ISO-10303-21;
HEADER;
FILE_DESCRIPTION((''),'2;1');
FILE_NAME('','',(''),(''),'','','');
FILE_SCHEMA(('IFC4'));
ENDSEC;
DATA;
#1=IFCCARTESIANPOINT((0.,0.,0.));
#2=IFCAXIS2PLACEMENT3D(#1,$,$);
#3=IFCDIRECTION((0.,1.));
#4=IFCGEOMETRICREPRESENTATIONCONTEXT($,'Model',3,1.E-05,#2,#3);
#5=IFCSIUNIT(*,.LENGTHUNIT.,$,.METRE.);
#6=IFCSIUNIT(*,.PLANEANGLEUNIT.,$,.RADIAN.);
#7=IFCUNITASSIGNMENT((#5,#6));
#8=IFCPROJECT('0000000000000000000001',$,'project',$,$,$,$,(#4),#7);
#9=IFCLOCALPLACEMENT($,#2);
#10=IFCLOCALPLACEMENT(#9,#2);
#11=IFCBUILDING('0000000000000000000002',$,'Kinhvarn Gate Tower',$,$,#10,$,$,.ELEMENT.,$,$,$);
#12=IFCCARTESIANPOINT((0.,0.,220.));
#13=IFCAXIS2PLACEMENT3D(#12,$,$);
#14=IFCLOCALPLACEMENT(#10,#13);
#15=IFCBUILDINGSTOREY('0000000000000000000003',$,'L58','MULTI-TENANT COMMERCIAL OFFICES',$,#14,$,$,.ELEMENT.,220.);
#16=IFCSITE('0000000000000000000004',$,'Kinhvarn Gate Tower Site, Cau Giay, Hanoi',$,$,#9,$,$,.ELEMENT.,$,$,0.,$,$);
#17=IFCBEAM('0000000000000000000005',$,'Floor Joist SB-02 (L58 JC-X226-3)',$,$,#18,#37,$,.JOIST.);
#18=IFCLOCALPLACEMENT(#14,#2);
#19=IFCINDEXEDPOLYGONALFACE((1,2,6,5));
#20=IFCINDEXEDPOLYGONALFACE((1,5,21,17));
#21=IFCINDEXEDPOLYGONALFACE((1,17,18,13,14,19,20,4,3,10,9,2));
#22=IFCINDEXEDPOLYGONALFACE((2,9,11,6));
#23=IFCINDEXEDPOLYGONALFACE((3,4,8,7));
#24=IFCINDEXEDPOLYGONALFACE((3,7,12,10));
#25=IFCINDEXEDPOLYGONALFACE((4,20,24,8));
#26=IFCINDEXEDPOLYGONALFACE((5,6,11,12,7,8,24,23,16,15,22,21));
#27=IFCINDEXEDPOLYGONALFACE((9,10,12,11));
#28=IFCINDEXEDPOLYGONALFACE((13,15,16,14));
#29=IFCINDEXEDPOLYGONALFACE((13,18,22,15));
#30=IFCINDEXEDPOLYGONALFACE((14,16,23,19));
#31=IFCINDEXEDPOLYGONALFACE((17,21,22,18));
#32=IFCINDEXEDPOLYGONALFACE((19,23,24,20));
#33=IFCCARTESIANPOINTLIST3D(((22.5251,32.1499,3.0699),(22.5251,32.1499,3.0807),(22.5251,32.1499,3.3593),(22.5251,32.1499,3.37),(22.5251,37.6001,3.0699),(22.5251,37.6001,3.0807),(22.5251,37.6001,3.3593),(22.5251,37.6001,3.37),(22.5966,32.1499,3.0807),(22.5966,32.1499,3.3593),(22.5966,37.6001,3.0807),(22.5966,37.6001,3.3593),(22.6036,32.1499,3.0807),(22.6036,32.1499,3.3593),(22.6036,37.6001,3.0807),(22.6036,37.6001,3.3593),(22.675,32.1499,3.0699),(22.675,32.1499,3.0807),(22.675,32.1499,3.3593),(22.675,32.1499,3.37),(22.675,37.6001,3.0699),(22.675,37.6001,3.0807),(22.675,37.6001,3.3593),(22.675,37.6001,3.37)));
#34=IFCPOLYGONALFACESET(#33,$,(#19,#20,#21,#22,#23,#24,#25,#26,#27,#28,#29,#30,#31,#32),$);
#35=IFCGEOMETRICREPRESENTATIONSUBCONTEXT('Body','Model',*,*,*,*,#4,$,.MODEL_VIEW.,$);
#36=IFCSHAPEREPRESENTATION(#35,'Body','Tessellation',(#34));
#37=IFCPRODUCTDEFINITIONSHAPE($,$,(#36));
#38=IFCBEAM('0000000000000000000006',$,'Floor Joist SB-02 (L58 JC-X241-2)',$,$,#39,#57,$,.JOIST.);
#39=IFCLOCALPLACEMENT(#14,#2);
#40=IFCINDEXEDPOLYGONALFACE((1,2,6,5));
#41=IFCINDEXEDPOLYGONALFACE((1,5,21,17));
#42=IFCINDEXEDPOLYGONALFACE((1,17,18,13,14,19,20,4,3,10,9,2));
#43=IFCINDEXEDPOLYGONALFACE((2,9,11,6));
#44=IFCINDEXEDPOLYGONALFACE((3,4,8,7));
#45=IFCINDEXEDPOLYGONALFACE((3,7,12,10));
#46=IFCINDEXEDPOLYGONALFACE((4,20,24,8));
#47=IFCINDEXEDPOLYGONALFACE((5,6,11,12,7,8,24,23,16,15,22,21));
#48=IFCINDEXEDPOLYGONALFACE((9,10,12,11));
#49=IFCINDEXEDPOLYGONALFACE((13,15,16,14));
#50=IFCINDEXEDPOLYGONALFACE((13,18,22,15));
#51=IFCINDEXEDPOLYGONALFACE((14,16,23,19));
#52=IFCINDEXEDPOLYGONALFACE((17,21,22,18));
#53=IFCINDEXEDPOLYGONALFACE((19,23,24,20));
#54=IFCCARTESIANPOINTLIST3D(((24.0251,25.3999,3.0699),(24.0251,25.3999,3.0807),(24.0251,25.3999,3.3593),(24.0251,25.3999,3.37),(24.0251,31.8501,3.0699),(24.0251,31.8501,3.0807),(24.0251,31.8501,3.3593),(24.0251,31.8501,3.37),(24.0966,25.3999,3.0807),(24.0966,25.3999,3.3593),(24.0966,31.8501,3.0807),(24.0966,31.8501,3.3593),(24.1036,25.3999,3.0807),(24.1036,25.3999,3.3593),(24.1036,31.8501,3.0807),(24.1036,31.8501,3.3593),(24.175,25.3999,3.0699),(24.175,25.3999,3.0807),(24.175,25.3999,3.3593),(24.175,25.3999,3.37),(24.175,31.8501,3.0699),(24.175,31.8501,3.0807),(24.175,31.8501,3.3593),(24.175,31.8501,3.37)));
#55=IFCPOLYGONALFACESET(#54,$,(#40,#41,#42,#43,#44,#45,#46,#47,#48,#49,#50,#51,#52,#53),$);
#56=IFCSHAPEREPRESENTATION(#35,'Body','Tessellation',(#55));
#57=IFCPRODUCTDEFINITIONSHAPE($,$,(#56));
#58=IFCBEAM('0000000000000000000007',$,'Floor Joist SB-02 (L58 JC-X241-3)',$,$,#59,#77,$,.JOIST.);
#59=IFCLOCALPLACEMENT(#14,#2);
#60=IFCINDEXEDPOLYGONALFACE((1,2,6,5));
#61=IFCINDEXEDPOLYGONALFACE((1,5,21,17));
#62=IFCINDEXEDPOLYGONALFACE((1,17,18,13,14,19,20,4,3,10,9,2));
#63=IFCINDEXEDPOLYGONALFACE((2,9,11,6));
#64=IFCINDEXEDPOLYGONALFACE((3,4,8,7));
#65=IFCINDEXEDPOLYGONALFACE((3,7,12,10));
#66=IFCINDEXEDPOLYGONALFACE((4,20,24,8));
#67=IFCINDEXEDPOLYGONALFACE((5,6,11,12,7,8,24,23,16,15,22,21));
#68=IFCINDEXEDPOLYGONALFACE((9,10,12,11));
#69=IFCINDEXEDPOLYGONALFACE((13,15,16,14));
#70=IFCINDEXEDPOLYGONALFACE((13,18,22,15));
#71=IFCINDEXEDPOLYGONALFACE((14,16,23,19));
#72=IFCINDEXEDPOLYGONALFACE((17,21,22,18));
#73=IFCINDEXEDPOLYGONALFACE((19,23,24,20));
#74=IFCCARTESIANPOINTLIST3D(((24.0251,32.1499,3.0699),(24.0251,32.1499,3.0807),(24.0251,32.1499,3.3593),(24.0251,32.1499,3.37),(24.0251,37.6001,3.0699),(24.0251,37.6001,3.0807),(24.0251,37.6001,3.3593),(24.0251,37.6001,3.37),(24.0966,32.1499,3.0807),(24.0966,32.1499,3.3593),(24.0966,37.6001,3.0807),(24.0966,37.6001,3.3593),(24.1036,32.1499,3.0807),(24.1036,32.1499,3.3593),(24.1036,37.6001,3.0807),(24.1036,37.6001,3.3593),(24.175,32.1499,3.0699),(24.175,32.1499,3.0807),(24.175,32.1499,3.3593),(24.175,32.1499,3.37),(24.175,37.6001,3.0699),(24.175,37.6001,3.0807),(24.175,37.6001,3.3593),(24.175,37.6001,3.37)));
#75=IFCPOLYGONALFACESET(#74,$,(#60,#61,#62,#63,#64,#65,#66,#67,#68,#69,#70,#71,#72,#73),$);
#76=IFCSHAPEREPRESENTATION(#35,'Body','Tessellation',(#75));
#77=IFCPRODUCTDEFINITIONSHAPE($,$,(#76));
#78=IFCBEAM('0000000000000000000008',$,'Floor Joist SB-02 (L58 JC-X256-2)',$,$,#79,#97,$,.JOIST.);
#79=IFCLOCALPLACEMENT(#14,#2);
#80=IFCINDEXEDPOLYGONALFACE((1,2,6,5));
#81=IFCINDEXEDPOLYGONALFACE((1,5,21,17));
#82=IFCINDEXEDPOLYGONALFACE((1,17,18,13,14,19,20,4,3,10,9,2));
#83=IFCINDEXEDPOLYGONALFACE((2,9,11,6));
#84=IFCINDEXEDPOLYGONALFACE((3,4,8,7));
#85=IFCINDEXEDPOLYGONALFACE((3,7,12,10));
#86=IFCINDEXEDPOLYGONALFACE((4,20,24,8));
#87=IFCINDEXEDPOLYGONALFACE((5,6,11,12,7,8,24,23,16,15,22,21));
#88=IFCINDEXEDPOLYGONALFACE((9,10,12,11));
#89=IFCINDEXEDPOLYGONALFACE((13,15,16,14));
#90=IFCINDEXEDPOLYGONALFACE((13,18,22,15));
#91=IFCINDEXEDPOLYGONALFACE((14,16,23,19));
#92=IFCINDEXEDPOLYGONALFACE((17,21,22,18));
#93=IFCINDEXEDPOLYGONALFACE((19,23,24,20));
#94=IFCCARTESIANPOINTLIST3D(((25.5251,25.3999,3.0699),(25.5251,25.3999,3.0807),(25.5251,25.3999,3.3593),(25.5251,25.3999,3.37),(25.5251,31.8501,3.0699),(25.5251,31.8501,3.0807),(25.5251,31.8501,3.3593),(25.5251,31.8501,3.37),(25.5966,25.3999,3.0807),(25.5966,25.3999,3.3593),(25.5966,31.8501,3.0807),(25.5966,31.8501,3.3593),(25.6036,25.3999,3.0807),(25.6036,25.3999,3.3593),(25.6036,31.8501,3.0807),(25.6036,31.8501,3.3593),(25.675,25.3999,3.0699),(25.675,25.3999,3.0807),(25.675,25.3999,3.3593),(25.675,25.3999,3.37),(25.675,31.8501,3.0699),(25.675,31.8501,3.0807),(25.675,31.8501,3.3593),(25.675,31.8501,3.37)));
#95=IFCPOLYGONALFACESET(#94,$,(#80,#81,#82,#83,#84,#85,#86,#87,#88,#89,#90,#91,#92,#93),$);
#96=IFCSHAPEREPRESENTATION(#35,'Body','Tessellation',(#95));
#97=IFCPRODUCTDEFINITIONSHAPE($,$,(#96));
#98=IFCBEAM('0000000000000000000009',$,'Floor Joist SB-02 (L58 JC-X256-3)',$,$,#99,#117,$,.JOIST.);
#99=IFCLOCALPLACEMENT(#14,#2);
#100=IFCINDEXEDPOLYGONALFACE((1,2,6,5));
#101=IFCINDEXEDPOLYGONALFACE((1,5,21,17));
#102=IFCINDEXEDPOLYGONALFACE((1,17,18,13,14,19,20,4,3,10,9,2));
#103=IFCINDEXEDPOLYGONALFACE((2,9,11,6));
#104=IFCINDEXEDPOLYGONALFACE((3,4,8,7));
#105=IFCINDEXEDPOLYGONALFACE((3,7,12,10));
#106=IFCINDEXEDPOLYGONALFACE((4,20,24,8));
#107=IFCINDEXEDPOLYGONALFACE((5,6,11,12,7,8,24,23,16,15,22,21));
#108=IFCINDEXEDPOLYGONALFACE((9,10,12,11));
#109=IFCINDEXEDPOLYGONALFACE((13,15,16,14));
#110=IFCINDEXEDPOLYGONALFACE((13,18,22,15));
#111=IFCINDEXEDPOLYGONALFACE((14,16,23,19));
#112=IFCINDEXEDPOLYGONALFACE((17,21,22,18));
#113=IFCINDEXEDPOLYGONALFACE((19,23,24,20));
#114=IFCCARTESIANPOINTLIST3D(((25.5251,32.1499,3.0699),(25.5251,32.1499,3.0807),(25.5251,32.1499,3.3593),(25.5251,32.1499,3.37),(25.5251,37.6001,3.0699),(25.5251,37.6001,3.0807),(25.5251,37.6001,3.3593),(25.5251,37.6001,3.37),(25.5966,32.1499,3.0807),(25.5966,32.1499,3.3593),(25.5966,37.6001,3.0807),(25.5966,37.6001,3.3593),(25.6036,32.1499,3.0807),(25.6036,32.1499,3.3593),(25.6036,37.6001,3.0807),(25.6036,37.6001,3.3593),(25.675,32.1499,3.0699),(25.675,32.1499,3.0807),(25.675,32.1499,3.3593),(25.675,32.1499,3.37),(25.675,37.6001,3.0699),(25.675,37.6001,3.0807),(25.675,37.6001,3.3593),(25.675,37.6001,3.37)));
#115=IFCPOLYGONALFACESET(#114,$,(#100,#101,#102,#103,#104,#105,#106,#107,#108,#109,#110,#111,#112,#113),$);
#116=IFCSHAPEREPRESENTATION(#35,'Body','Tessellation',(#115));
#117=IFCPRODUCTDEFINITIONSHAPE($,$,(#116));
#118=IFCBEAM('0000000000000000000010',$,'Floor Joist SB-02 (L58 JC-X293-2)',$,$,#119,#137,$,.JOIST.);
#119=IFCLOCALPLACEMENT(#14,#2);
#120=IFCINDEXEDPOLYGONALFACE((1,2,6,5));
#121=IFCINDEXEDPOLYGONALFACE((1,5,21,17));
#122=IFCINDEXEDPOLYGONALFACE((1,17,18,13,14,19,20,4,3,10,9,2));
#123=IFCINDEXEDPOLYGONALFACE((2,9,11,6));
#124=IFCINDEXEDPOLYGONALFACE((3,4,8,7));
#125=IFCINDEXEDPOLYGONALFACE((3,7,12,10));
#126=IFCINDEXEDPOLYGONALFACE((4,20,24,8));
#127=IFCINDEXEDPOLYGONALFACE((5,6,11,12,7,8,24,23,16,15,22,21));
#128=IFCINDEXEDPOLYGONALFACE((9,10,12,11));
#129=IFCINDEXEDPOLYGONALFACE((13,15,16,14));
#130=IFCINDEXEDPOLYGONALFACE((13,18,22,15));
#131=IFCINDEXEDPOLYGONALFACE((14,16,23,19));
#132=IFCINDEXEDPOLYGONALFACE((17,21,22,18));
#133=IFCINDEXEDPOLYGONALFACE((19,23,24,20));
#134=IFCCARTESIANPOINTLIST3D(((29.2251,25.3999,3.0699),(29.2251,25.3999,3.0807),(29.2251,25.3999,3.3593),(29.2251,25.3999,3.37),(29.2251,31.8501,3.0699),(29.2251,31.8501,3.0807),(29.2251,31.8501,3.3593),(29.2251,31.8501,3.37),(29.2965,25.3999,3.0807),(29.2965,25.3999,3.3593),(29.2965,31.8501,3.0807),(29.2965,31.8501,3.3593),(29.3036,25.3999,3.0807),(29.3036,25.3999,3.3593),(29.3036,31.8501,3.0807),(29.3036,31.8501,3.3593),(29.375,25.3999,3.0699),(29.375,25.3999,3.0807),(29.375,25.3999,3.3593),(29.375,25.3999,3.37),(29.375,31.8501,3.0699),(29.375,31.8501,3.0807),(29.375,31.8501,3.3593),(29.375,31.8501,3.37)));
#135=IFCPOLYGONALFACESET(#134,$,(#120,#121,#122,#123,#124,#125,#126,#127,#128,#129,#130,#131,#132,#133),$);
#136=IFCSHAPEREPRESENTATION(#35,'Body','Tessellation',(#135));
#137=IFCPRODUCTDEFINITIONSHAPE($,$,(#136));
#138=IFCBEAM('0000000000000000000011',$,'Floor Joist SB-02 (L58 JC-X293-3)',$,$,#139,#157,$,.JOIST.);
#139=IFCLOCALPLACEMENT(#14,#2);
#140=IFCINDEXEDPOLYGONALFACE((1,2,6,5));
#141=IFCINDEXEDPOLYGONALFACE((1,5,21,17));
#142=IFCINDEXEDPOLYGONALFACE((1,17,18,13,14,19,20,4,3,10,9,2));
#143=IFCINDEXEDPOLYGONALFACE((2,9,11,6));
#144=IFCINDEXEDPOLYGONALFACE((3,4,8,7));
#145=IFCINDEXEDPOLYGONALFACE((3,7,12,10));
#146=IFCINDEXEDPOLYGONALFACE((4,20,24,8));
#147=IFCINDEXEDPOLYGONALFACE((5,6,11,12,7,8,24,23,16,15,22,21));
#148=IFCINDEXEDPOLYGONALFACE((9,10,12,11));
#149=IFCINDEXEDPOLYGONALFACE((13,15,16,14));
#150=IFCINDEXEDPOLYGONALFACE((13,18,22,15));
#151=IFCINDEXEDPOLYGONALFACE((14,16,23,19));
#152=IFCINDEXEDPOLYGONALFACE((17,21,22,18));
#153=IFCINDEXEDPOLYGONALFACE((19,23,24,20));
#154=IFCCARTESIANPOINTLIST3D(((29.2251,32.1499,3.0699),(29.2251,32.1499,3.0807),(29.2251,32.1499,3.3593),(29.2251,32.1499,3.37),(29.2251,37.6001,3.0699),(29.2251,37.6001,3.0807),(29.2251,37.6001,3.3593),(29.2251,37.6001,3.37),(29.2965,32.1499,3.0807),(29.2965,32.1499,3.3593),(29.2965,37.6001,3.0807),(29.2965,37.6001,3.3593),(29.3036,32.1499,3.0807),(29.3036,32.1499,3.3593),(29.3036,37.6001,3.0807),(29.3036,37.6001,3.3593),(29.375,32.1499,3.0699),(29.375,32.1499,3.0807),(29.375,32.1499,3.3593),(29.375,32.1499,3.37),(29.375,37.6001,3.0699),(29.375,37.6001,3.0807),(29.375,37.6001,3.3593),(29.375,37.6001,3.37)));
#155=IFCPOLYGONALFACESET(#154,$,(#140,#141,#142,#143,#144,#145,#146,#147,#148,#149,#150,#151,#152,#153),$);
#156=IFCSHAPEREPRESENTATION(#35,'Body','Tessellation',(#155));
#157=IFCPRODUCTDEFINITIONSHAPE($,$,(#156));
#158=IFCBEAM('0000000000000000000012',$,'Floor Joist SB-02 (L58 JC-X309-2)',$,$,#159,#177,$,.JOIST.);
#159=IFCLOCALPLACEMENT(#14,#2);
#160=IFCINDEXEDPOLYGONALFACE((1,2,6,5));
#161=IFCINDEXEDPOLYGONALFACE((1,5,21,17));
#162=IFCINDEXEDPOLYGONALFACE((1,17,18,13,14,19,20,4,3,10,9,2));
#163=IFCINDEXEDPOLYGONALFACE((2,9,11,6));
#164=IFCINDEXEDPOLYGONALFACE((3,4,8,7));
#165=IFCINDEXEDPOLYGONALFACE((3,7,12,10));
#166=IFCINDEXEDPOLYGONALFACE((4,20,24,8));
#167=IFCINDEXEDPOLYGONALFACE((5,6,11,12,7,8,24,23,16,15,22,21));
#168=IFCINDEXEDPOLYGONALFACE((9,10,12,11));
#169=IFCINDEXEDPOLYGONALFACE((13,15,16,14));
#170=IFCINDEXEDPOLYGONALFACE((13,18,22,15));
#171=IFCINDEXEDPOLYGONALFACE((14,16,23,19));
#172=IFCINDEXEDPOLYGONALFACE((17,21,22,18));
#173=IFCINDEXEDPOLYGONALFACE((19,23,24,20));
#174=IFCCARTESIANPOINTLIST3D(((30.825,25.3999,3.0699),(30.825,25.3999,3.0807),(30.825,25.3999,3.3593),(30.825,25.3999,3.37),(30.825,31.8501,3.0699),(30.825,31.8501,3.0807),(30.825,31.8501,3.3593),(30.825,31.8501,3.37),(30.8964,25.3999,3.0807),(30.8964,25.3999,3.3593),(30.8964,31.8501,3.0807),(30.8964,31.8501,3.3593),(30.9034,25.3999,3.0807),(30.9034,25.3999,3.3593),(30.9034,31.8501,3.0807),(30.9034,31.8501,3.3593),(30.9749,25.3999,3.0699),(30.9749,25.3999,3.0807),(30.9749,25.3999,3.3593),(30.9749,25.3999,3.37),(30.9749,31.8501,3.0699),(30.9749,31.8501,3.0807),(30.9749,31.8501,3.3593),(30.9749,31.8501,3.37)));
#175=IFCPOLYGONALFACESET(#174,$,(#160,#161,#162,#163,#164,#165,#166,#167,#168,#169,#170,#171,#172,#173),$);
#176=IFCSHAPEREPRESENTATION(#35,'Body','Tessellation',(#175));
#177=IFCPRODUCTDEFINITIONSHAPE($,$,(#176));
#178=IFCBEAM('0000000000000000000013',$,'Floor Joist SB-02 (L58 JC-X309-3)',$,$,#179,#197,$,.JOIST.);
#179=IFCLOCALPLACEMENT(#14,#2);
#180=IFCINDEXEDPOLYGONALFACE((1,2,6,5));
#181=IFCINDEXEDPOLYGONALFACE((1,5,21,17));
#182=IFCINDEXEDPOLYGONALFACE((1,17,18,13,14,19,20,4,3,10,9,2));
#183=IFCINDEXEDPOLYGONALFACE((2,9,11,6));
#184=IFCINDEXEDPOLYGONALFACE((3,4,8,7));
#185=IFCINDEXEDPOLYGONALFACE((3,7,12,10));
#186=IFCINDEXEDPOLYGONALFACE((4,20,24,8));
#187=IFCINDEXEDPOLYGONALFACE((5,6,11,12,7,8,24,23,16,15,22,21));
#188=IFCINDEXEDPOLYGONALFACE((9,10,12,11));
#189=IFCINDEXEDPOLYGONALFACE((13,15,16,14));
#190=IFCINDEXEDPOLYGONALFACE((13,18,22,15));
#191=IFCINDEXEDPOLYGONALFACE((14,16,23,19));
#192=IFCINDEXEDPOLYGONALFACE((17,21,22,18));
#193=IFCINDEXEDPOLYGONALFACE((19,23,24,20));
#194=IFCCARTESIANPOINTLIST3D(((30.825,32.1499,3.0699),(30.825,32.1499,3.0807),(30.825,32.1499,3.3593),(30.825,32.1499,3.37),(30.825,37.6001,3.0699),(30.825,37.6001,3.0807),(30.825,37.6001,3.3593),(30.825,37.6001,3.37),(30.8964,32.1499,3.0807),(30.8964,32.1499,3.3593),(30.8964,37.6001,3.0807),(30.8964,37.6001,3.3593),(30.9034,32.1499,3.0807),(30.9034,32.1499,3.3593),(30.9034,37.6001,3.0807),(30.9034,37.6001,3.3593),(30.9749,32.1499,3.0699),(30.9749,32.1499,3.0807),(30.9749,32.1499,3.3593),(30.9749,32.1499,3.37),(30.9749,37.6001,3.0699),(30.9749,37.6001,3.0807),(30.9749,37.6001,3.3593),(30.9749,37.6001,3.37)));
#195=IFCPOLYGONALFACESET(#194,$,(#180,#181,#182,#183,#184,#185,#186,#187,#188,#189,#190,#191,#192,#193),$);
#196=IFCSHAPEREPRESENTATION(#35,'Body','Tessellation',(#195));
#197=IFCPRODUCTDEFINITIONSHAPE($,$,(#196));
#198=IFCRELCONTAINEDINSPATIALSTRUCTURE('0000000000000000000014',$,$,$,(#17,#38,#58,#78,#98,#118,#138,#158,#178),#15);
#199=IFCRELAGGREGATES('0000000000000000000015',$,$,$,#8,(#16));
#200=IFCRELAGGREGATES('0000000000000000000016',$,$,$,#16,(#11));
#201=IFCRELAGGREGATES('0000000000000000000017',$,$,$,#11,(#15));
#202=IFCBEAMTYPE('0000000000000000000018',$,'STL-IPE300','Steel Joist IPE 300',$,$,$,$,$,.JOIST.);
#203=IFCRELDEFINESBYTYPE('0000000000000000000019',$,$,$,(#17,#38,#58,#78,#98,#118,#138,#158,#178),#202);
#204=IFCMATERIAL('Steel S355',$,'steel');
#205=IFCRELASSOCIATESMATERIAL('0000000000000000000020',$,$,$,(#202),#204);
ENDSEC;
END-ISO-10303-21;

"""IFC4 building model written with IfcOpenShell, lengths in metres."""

from ifc_helpers import new_model, si_unit, direction, frame, origin, origin_2d, place, context, subcontext, project, spatial, i_section, extrude, material, material_profile, profile_set, type_object, element, save


model = new_model("IFC4")

# Units and contexts
model_context = context("Model", 3, precision=1e-05, world=origin(), true_north=direction((0.0, 1.0)))
body_context = subcontext(model_context, "Body", "Model", "MODEL_VIEW")
ifc_project = project(units=[si_unit("LENGTHUNIT", "METRE"), si_unit("PLANEANGLEUNIT", "RADIAN")], contexts=[model_context])

# Site, building, storey
site_placement = place(None, origin())
site = spatial("IfcSite", under=ifc_project, at=site_placement, Name="Kinhvarn Gate Tower Site, Cau Giay, Hanoi", CompositionType="ELEMENT", RefElevation=0.0)
building_placement = place(site_placement, origin())
building = spatial("IfcBuilding", under=site, at=building_placement, Name="Kinhvarn Gate Tower", CompositionType="ELEMENT")
storey_placement = place(building_placement, frame((0.0, 0.0, 220.0)))
storey = spatial("IfcBuildingStorey", under=building, at=storey_placement, Name="L58", Description="MULTI-TENANT COMMERCIAL OFFICES", CompositionType="ELEMENT", Elevation=220.0)

# Beams
ifc_material_1 = material(Name="Steel S355", Category="steel")
ifc_material_profile = material_profile(ifc_material_1, i_section(OverallWidth=0.1499, OverallDepth=0.3, WebThickness=0.0071, FlangeThickness=0.0107, at=origin_2d()), Name="IPE 300")
ifc_profile_set = profile_set([ifc_material_profile], Name="Steel S355")
beam_type = type_object("IfcBeamType", Name="STL-IPE300", Description="Steel Joist IPE 300", PredefinedType="JOIST", material=ifc_profile_set)
beam_1_placement = place(storey_placement, frame((22.6001, 32.1499, 3.22), z_axis=(0.0, 1.0, 0.0), x_axis=(-1.0, 0.0, 0.0)))
element("IfcBeam", 1, at=beam_1_placement, inside=storey, type_object=beam_type, Name="Floor Joist SB-02 (L58 JC-X226-3)", PredefinedType="JOIST", context=body_context, shape_type="SweptSolid", body=[
    extrude(i_section(OverallWidth=0.1499, OverallDepth=0.3, WebThickness=0.0071, FlangeThickness=0.0107, at=origin_2d()), origin(), (0.0, 0.0, 1.0), 5.4502),
])
beam_2_placement = place(storey_placement, frame((24.1001, 25.3999, 3.22), z_axis=(0.0, 1.0, 0.0), x_axis=(-1.0, 0.0, 0.0)))
element("IfcBeam", 2, at=beam_2_placement, inside=storey, type_object=beam_type, Name="Floor Joist SB-02 (L58 JC-X241-2)", PredefinedType="JOIST", context=body_context, shape_type="SweptSolid", body=[
    extrude(i_section(OverallWidth=0.1499, OverallDepth=0.3, WebThickness=0.0071, FlangeThickness=0.0107, at=origin_2d()), origin(), (0.0, 0.0, 1.0), 6.4502),
])
beam_3_placement = place(storey_placement, frame((24.1001, 32.1499, 3.22), z_axis=(0.0, 1.0, 0.0), x_axis=(-1.0, 0.0, 0.0)))
element("IfcBeam", 3, at=beam_3_placement, inside=storey, type_object=beam_type, Name="Floor Joist SB-02 (L58 JC-X241-3)", PredefinedType="JOIST", context=body_context, shape_type="SweptSolid", body=[
    extrude(i_section(OverallWidth=0.1499, OverallDepth=0.3, WebThickness=0.0071, FlangeThickness=0.0107, at=origin_2d()), origin(), (0.0, 0.0, 1.0), 5.4502),
])
beam_4_placement = place(storey_placement, frame((25.6001, 25.3999, 3.22), z_axis=(0.0, 1.0, 0.0), x_axis=(-1.0, 0.0, 0.0)))
element("IfcBeam", 4, at=beam_4_placement, inside=storey, type_object=beam_type, Name="Floor Joist SB-02 (L58 JC-X256-2)", PredefinedType="JOIST", context=body_context, shape_type="SweptSolid", body=[
    extrude(i_section(OverallWidth=0.1499, OverallDepth=0.3, WebThickness=0.0071, FlangeThickness=0.0107, at=origin_2d()), origin(), (0.0, 0.0, 1.0), 6.4502),
])
beam_5_placement = place(storey_placement, frame((25.6001, 32.1499, 3.22), z_axis=(0.0, 1.0, 0.0), x_axis=(-1.0, 0.0, 0.0)))
element("IfcBeam", 5, at=beam_5_placement, inside=storey, type_object=beam_type, Name="Floor Joist SB-02 (L58 JC-X256-3)", PredefinedType="JOIST", context=body_context, shape_type="SweptSolid", body=[
    extrude(i_section(OverallWidth=0.1499, OverallDepth=0.3, WebThickness=0.0071, FlangeThickness=0.0107, at=origin_2d()), origin(), (0.0, 0.0, 1.0), 5.4502),
])
beam_6_placement = place(storey_placement, frame((29.3, 25.3999, 3.22), z_axis=(0.0, 1.0, 0.0), x_axis=(-1.0, 0.0, 0.0)))
element("IfcBeam", 6, at=beam_6_placement, inside=storey, type_object=beam_type, Name="Floor Joist SB-02 (L58 JC-X293-2)", PredefinedType="JOIST", context=body_context, shape_type="SweptSolid", body=[
    extrude(i_section(OverallWidth=0.1499, OverallDepth=0.3, WebThickness=0.0071, FlangeThickness=0.0107, at=origin_2d()), origin(), (0.0, 0.0, 1.0), 6.4502),
])
beam_7_placement = place(storey_placement, frame((29.3, 32.1499, 3.22), z_axis=(0.0, 1.0, 0.0), x_axis=(-1.0, 0.0, 0.0)))
element("IfcBeam", 7, at=beam_7_placement, inside=storey, type_object=beam_type, Name="Floor Joist SB-02 (L58 JC-X293-3)", PredefinedType="JOIST", context=body_context, shape_type="SweptSolid", body=[
    extrude(i_section(OverallWidth=0.1499, OverallDepth=0.3, WebThickness=0.0071, FlangeThickness=0.0107, at=origin_2d()), origin(), (0.0, 0.0, 1.0), 5.4502),
])
beam_8_placement = place(storey_placement, frame((30.8999, 25.3999, 3.22), z_axis=(0.0, 1.0, 0.0), x_axis=(-1.0, 0.0, 0.0)))
element("IfcBeam", 8, at=beam_8_placement, inside=storey, type_object=beam_type, Name="Floor Joist SB-02 (L58 JC-X309-2)", PredefinedType="JOIST", context=body_context, shape_type="SweptSolid", body=[
    extrude(i_section(OverallWidth=0.1499, OverallDepth=0.3, WebThickness=0.0071, FlangeThickness=0.0107, at=origin_2d()), origin(), (0.0, 0.0, 1.0), 6.4502),
])
beam_9_placement = place(storey_placement, frame((30.8999, 32.1499, 3.22), z_axis=(0.0, 1.0, 0.0), x_axis=(-1.0, 0.0, 0.0)))
element("IfcBeam", 9, at=beam_9_placement, inside=storey, type_object=beam_type, Name="Floor Joist SB-02 (L58 JC-X309-3)", PredefinedType="JOIST", context=body_context, shape_type="SweptSolid", body=[
    extrude(i_section(OverallWidth=0.1499, OverallDepth=0.3, WebThickness=0.0071, FlangeThickness=0.0107, at=origin_2d()), origin(), (0.0, 0.0, 1.0), 5.4502),
])

save(model, "model.ifc")
